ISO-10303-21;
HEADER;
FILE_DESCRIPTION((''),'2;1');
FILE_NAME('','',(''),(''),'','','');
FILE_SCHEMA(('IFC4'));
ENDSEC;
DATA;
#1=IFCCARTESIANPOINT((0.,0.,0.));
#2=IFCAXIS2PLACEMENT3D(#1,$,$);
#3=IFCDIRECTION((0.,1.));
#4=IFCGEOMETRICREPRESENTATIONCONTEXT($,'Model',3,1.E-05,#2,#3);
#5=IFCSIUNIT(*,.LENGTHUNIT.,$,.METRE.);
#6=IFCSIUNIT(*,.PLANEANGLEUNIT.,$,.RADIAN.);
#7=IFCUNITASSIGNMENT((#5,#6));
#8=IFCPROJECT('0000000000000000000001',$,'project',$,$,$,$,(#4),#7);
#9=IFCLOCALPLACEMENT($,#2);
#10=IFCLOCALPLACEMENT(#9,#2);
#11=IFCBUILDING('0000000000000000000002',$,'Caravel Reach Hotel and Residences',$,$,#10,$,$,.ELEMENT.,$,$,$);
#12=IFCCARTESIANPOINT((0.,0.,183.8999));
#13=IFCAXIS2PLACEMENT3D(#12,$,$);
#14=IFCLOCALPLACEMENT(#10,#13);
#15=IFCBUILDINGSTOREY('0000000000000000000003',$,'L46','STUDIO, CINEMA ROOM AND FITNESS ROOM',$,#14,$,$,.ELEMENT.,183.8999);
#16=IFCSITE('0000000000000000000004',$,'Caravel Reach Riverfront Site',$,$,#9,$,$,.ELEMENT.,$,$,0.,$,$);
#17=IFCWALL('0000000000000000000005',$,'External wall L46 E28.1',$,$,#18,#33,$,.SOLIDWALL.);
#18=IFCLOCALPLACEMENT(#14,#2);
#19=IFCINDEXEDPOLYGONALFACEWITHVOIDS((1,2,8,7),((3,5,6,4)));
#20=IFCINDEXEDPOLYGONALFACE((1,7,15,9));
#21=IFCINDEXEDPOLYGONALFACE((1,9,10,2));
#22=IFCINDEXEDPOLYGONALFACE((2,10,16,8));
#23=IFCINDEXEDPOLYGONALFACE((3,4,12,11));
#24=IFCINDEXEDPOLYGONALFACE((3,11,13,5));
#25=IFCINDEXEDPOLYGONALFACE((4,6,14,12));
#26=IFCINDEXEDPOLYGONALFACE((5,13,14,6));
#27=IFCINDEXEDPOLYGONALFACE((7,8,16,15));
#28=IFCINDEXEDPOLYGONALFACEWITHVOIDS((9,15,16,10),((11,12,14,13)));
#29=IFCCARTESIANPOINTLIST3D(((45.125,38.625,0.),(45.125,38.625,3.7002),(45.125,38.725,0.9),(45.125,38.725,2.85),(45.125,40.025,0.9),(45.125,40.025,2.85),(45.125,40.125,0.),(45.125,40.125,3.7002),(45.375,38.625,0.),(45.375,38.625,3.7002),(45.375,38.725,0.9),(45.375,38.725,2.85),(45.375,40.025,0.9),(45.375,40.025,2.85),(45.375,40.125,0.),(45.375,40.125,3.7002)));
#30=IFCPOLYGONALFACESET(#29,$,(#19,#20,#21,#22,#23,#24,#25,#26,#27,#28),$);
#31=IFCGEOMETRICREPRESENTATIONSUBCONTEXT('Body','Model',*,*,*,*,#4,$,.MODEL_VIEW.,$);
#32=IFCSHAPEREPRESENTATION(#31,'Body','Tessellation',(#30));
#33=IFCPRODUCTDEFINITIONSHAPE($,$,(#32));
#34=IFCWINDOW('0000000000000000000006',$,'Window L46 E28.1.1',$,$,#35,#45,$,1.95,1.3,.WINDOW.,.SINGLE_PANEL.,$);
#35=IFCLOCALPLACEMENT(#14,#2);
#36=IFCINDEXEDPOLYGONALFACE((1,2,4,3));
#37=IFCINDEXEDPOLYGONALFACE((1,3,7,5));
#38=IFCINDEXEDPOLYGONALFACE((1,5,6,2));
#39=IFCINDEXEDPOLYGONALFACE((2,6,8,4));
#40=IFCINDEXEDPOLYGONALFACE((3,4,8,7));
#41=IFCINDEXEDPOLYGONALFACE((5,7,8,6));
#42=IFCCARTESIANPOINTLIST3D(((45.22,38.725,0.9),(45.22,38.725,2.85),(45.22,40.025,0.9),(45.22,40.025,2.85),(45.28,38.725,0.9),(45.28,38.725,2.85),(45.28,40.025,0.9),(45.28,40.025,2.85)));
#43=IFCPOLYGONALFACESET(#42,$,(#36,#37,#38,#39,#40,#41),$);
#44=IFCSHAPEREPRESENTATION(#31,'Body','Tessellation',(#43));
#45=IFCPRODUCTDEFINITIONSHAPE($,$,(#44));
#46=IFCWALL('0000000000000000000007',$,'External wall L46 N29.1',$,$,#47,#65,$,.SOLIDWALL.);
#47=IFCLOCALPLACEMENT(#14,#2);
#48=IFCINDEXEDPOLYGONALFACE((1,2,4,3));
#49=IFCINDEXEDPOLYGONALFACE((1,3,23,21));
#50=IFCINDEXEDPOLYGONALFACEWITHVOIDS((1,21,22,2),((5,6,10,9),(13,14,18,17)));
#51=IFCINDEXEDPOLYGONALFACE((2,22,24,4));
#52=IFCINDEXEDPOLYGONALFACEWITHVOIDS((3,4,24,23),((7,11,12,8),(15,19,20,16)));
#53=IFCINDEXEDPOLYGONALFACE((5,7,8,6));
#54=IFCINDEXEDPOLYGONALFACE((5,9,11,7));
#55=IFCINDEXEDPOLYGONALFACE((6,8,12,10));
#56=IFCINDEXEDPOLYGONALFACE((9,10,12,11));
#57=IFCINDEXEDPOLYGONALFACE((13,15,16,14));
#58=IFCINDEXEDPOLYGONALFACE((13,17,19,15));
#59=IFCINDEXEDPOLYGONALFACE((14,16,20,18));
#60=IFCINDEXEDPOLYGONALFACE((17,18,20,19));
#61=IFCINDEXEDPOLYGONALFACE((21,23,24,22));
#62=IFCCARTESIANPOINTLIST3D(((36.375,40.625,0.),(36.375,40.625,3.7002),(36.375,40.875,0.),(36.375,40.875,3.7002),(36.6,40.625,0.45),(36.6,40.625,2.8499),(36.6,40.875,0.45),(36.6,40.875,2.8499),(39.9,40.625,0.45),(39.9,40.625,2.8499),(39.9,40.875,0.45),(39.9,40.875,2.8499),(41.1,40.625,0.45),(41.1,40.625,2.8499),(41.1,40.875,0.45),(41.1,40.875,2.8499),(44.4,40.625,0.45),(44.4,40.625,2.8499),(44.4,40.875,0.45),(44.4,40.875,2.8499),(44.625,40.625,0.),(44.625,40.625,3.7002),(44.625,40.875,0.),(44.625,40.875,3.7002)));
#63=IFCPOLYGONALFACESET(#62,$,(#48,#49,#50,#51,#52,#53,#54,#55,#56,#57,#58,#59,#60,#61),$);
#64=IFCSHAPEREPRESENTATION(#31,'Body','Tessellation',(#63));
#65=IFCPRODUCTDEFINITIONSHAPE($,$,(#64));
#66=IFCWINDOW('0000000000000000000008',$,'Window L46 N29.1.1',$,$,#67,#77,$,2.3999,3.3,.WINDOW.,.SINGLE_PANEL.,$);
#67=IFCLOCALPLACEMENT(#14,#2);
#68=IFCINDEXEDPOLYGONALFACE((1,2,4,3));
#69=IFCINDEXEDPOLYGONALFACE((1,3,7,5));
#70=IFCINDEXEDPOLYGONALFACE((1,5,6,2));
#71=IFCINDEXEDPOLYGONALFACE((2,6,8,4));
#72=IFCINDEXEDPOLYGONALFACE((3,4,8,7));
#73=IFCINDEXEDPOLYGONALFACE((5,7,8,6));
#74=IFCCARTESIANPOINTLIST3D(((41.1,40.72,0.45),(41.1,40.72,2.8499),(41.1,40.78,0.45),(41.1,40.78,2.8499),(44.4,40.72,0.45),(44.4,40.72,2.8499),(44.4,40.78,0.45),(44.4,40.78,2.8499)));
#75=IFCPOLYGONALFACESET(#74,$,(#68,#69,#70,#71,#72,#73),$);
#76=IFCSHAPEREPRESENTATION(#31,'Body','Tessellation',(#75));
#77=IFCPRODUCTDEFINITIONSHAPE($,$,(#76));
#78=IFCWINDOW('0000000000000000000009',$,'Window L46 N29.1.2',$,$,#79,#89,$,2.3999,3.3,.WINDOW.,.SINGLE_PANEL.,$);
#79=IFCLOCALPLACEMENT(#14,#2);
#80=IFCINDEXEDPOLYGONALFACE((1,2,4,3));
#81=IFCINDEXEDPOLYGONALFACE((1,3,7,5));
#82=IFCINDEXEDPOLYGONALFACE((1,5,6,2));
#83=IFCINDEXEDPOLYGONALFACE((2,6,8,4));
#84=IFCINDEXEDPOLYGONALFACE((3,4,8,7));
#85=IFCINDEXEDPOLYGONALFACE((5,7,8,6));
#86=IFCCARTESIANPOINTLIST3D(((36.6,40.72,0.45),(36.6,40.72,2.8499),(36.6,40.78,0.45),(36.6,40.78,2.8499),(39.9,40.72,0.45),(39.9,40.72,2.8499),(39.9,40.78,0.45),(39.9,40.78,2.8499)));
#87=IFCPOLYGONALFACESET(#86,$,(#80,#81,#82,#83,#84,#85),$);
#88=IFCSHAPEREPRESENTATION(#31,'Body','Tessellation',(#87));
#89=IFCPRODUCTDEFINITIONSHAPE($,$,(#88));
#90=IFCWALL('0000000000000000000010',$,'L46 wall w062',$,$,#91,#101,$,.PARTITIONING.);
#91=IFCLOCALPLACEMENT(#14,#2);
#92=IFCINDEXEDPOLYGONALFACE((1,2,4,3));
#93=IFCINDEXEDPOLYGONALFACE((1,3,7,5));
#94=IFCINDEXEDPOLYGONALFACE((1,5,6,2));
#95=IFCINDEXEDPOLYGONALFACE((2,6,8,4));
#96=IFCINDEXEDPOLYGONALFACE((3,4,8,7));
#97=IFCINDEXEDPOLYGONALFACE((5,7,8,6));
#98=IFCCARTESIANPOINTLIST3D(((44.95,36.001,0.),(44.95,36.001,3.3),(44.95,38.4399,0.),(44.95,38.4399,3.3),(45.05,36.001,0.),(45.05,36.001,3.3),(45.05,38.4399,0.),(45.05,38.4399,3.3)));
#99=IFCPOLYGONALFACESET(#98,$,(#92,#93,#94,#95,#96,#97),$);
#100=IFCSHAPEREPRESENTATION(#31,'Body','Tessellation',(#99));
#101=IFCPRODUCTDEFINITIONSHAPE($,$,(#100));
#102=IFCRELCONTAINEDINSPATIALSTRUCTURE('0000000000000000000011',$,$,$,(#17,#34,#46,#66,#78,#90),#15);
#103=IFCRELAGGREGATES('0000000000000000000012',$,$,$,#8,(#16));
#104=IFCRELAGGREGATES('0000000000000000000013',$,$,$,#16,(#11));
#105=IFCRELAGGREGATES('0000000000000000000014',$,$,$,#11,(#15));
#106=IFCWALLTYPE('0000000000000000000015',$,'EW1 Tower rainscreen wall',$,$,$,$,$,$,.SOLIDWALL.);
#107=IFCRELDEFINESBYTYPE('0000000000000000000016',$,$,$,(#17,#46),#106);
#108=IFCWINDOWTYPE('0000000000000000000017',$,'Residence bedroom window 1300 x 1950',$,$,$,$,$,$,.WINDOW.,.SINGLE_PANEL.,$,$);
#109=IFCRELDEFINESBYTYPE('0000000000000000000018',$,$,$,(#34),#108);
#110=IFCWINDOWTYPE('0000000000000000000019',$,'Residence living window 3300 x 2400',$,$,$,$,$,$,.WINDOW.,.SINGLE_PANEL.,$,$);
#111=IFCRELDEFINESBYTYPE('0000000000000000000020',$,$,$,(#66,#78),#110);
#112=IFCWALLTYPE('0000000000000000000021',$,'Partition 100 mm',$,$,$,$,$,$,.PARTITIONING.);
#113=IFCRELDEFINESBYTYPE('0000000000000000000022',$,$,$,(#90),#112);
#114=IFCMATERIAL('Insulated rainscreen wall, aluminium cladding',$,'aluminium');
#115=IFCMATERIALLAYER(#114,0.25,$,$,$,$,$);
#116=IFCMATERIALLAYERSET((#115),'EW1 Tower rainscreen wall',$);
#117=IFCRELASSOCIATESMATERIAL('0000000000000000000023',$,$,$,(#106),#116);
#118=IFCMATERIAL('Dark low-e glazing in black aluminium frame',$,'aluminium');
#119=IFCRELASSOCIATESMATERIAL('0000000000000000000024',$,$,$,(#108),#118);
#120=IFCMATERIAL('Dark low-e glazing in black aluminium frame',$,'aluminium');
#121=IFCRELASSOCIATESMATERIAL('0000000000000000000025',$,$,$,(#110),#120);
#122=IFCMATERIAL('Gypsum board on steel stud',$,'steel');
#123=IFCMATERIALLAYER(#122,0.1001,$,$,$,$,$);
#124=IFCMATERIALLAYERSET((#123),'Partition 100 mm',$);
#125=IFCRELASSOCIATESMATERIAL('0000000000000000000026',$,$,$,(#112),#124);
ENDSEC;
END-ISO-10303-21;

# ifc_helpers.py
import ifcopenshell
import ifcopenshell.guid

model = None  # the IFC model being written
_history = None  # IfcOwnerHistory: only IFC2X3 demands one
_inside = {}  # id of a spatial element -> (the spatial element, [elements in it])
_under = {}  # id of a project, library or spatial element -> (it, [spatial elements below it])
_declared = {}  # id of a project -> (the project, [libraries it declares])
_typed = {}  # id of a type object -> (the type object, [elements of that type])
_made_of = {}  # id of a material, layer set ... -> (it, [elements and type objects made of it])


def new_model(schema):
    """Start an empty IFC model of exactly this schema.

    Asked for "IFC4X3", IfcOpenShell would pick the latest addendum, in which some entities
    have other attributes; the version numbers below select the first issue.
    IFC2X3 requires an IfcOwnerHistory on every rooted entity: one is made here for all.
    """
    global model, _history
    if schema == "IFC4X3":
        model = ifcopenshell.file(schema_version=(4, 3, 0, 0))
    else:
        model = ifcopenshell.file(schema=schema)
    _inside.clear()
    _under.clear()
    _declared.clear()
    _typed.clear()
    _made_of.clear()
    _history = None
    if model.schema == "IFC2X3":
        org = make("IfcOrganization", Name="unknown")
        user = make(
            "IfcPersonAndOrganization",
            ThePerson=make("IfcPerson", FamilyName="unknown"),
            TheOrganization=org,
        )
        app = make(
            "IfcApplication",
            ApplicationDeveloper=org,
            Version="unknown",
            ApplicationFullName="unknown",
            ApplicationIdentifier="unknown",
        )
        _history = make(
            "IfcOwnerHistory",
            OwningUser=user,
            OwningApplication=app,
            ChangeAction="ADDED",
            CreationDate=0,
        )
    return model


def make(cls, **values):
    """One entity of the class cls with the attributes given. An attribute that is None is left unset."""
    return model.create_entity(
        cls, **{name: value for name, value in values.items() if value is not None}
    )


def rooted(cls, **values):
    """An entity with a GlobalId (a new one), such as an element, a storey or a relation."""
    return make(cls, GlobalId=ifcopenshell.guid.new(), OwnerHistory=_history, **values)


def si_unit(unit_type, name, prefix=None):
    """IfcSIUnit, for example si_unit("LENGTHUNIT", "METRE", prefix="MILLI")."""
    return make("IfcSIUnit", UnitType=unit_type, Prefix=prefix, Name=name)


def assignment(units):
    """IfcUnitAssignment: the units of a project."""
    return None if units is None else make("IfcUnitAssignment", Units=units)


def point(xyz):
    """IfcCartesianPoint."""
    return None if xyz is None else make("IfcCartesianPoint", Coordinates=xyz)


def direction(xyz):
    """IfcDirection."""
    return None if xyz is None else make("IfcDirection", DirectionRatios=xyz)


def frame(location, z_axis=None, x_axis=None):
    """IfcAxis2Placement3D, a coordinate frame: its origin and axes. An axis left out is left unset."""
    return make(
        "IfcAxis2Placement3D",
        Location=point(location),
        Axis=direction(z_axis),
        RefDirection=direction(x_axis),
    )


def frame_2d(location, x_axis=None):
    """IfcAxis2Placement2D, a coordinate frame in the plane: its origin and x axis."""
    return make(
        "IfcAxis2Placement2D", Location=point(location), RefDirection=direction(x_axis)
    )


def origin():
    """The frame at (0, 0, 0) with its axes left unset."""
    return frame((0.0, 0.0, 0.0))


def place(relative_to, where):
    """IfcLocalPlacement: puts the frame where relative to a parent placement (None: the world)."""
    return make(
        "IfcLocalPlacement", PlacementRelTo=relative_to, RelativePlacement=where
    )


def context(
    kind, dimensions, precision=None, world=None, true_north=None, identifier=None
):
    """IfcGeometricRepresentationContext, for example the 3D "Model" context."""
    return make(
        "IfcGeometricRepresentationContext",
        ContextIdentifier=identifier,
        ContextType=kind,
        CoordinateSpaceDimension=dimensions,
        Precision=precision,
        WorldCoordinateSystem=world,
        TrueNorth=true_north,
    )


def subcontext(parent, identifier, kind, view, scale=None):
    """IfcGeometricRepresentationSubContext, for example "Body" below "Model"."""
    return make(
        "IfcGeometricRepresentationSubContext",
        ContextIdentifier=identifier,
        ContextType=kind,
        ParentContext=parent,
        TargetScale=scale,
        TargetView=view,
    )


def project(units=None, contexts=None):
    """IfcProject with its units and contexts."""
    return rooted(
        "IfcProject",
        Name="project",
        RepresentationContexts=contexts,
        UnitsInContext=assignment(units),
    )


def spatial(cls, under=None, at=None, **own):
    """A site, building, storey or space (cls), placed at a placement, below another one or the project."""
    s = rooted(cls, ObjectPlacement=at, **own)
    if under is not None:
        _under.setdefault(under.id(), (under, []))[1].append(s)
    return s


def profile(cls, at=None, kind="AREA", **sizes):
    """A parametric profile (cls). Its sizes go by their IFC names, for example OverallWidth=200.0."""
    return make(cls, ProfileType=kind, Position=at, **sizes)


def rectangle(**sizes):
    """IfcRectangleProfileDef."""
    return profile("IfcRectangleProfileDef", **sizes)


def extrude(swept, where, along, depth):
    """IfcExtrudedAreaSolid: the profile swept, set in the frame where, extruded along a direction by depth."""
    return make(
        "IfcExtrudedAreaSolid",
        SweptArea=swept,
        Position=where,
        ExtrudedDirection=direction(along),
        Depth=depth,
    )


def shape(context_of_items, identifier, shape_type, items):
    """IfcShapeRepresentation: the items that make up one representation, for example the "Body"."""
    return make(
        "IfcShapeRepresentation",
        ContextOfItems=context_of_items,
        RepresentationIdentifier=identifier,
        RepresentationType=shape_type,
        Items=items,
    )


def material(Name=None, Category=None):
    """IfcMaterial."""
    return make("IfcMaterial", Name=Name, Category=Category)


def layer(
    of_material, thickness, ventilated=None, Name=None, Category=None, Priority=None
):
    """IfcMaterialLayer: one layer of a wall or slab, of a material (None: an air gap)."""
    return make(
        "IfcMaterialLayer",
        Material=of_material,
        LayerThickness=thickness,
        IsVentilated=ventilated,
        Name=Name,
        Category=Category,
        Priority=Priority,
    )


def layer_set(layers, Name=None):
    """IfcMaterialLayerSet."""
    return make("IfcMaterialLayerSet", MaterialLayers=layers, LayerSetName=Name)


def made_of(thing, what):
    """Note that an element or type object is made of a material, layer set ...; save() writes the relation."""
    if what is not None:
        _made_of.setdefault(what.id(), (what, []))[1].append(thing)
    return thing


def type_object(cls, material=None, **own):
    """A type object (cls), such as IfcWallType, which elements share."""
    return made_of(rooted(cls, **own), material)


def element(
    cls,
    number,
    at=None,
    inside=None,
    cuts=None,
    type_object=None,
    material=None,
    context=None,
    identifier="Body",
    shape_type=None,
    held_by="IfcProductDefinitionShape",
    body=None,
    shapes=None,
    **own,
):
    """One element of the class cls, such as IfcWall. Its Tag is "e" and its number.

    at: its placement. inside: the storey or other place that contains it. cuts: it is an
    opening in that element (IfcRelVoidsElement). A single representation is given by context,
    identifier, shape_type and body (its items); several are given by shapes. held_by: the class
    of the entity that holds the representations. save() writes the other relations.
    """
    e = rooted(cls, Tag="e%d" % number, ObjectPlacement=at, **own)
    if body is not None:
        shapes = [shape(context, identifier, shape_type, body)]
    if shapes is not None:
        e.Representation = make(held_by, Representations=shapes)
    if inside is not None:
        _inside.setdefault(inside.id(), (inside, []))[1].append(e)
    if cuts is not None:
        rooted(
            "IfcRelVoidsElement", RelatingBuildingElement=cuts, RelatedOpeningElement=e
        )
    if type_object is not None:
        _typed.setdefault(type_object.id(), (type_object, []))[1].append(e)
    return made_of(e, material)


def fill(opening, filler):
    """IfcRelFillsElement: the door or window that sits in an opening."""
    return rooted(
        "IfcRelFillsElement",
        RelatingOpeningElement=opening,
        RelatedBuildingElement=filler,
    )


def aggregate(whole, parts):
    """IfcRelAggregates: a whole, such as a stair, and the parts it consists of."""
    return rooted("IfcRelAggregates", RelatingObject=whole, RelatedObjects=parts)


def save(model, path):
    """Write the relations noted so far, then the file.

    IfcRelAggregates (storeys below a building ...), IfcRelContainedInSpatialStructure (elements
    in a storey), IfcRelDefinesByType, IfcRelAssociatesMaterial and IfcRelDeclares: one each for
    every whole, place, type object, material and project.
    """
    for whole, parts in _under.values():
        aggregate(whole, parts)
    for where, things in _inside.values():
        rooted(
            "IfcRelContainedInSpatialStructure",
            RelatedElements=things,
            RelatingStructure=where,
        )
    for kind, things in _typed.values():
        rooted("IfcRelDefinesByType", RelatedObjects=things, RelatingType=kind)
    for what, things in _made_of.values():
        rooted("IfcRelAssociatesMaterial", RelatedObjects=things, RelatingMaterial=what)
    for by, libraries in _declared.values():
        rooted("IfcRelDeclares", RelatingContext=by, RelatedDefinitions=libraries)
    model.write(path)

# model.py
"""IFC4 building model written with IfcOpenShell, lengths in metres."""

from ifc_helpers import new_model, si_unit, direction, frame, frame_2d, origin, place, context, subcontext, project, spatial, rectangle, extrude, material, layer, layer_set, type_object, element, fill, save


model = new_model("IFC4")

# Units and contexts
model_context = context("Model", 3, precision=1e-05, world=origin(), true_north=direction((0.0, 1.0)))
body_context = subcontext(model_context, "Body", "Model", "MODEL_VIEW")
ifc_project = project(units=[si_unit("LENGTHUNIT", "METRE"), si_unit("PLANEANGLEUNIT", "RADIAN")], contexts=[model_context])

# Site, building, storey
site_placement = place(None, origin())
site = spatial("IfcSite", under=ifc_project, at=site_placement, Name="Caravel Reach Riverfront Site", CompositionType="ELEMENT", RefElevation=0.0)
building_placement = place(site_placement, origin())
building = spatial("IfcBuilding", under=site, at=building_placement, Name="Caravel Reach Hotel and Residences", CompositionType="ELEMENT")
storey_placement = place(building_placement, frame((0.0, 0.0, 183.8999)))
storey = spatial("IfcBuildingStorey", under=building, at=storey_placement, Name="L46", Description="STUDIO, CINEMA ROOM AND FITNESS ROOM", CompositionType="ELEMENT", Elevation=183.8999)

# Wall, opening, window
ifc_material_1 = material(Name="Insulated rainscreen wall, aluminium cladding", Category="aluminium")
ifc_layer_1 = layer(ifc_material_1, 0.25)
ifc_layer_set_1 = layer_set([ifc_layer_1], Name="EW1 Tower rainscreen wall")
wall_type_1 = type_object("IfcWallType", Name="EW1 Tower rainscreen wall", PredefinedType="SOLIDWALL", material=ifc_layer_set_1)
ifc_material_2 = material(Name="Dark low-e glazing in black aluminium frame", Category="aluminium")
window_type_1 = type_object("IfcWindowType", Name="Residence bedroom window 1300 x 1950", PartitioningType="SINGLE_PANEL", PredefinedType="WINDOW", material=ifc_material_2)
wall_1_placement = place(storey_placement, frame((45.25, 38.625, 0.0), z_axis=(0.0, 0.0, 1.0), x_axis=(0.0, 1.0, 0.0)))
wall_1 = element("IfcWall", 1, at=wall_1_placement, inside=storey, type_object=wall_type_1, Name="External wall L46 E28.1", PredefinedType="SOLIDWALL", context=body_context, shape_type="SweptSolid", body=[
    extrude(rectangle(XDim=1.5, YDim=0.25, at=frame_2d((0.75, 0.0))), origin(), (0.0, 0.0, 1.0), 3.7002),
])
opening_1_placement = place(wall_1_placement, frame((0.1001, 0.0, 0.8999)))
opening_1 = element("IfcOpeningElement", 2, at=opening_1_placement, cuts=wall_1, PredefinedType="OPENING", context=body_context, shape_type="SweptSolid", body=[
    extrude(rectangle(XDim=1.3, YDim=1.95, at=frame_2d((0.6499, 0.9751))), frame((0.0, 0.135, 0.0), z_axis=(0.0, -1.0, 0.0), x_axis=(1.0, 0.0, 0.0)), (0.0, 0.0, 1.0), 0.27),
])
window_1_placement = place(opening_1_placement, origin())
window_1 = element("IfcWindow", 3, at=window_1_placement, inside=storey, type_object=window_type_1, Name="Window L46 E28.1.1", OverallHeight=1.95, OverallWidth=1.3, PartitioningType="SINGLE_PANEL", PredefinedType="WINDOW", context=body_context, shape_type="SweptSolid", body=[
    extrude(rectangle(XDim=1.3, YDim=1.95, at=frame_2d((0.6499, 0.9751))), frame((0.0, 0.03, 0.0), z_axis=(0.0, -1.0, 0.0), x_axis=(1.0, 0.0, 0.0)), (0.0, 0.0, 1.0), 0.0601),
])
fill(opening_1, window_1)

# Wall, openings, windows
wall_2_placement = place(storey_placement, frame((44.625, 40.75, 0.0), z_axis=(0.0, 0.0, 1.0), x_axis=(-1.0, 0.0, 0.0)))
wall_2 = element("IfcWall", 4, at=wall_2_placement, inside=storey, type_object=wall_type_1, Name="External wall L46 N29.1", PredefinedType="SOLIDWALL", context=body_context, shape_type="SweptSolid", body=[
    extrude(rectangle(XDim=8.25, YDim=0.25, at=frame_2d((4.125, 0.0))), origin(), (0.0, 0.0, 1.0), 3.7002),
])
opening_2_placement = place(wall_2_placement, frame((0.2251, 0.0, 0.45)))
opening_2 = element("IfcOpeningElement", 5, at=opening_2_placement, cuts=wall_2, PredefinedType="OPENING", context=body_context, shape_type="SweptSolid", body=[
    extrude(rectangle(XDim=3.3, YDim=2.3999, at=frame_2d((1.6499, 1.2))), frame((0.0, 0.135, 0.0), z_axis=(0.0, -1.0, 0.0), x_axis=(1.0, 0.0, 0.0)), (0.0, 0.0, 1.0), 0.27),
])
opening_3_placement = place(wall_2_placement, frame((4.7251, 0.0, 0.45)))
opening_3 = element("IfcOpeningElement", 6, at=opening_3_placement, cuts=wall_2, PredefinedType="OPENING", context=body_context, shape_type="SweptSolid", body=[
    extrude(rectangle(XDim=3.3, YDim=2.3999, at=frame_2d((1.6499, 1.2))), frame((0.0, 0.135, 0.0), z_axis=(0.0, -1.0, 0.0), x_axis=(1.0, 0.0, 0.0)), (0.0, 0.0, 1.0), 0.27),
])
ifc_material_3 = material(Name="Dark low-e glazing in black aluminium frame", Category="aluminium")
window_type_2 = type_object("IfcWindowType", Name="Residence living window 3300 x 2400", PartitioningType="SINGLE_PANEL", PredefinedType="WINDOW", material=ifc_material_3)
window_2_placement = place(opening_2_placement, origin())
window_2 = element("IfcWindow", 7, at=window_2_placement, inside=storey, type_object=window_type_2, Name="Window L46 N29.1.1", OverallHeight=2.3999, OverallWidth=3.3, PartitioningType="SINGLE_PANEL", PredefinedType="WINDOW", context=body_context, shape_type="SweptSolid", body=[
    extrude(rectangle(XDim=3.3, YDim=2.3999, at=frame_2d((1.6499, 1.2))), frame((0.0, 0.03, 0.0), z_axis=(0.0, -1.0, 0.0), x_axis=(1.0, 0.0, 0.0)), (0.0, 0.0, 1.0), 0.0601),
])
fill(opening_2, window_2)
window_3_placement = place(opening_3_placement, origin())
window_3 = element("IfcWindow", 8, at=window_3_placement, inside=storey, type_object=window_type_2, Name="Window L46 N29.1.2", OverallHeight=2.3999, OverallWidth=3.3, PartitioningType="SINGLE_PANEL", PredefinedType="WINDOW", context=body_context, shape_type="SweptSolid", body=[
    extrude(rectangle(XDim=3.3, YDim=2.3999, at=frame_2d((1.6499, 1.2))), frame((0.0, 0.03, 0.0), z_axis=(0.0, -1.0, 0.0), x_axis=(1.0, 0.0, 0.0)), (0.0, 0.0, 1.0), 0.0601),
])
fill(opening_3, window_3)

# Wall
ifc_material_4 = material(Name="Gypsum board on steel stud", Category="steel")
ifc_layer_2 = layer(ifc_material_4, 0.1001)
ifc_layer_set_2 = layer_set([ifc_layer_2], Name="Partition 100 mm")
wall_type_2 = type_object("IfcWallType", Name="Partition 100 mm", PredefinedType="PARTITIONING", material=ifc_layer_set_2)
wall_3_placement = place(storey_placement, frame((45.0, 36.001, 0.0), z_axis=(0.0, 0.0, 1.0), x_axis=(0.0, 1.0, 0.0)))
element("IfcWall", 9, at=wall_3_placement, inside=storey, type_object=wall_type_2, Name="L46 wall w062", PredefinedType="PARTITIONING", context=body_context, shape_type="SweptSolid", body=[
    extrude(rectangle(XDim=2.439, YDim=0.1001, at=frame_2d((1.2195, 0.0))), origin(), (0.0, 0.0, 1.0), 3.3),
])

save(model, "model.ifc")
